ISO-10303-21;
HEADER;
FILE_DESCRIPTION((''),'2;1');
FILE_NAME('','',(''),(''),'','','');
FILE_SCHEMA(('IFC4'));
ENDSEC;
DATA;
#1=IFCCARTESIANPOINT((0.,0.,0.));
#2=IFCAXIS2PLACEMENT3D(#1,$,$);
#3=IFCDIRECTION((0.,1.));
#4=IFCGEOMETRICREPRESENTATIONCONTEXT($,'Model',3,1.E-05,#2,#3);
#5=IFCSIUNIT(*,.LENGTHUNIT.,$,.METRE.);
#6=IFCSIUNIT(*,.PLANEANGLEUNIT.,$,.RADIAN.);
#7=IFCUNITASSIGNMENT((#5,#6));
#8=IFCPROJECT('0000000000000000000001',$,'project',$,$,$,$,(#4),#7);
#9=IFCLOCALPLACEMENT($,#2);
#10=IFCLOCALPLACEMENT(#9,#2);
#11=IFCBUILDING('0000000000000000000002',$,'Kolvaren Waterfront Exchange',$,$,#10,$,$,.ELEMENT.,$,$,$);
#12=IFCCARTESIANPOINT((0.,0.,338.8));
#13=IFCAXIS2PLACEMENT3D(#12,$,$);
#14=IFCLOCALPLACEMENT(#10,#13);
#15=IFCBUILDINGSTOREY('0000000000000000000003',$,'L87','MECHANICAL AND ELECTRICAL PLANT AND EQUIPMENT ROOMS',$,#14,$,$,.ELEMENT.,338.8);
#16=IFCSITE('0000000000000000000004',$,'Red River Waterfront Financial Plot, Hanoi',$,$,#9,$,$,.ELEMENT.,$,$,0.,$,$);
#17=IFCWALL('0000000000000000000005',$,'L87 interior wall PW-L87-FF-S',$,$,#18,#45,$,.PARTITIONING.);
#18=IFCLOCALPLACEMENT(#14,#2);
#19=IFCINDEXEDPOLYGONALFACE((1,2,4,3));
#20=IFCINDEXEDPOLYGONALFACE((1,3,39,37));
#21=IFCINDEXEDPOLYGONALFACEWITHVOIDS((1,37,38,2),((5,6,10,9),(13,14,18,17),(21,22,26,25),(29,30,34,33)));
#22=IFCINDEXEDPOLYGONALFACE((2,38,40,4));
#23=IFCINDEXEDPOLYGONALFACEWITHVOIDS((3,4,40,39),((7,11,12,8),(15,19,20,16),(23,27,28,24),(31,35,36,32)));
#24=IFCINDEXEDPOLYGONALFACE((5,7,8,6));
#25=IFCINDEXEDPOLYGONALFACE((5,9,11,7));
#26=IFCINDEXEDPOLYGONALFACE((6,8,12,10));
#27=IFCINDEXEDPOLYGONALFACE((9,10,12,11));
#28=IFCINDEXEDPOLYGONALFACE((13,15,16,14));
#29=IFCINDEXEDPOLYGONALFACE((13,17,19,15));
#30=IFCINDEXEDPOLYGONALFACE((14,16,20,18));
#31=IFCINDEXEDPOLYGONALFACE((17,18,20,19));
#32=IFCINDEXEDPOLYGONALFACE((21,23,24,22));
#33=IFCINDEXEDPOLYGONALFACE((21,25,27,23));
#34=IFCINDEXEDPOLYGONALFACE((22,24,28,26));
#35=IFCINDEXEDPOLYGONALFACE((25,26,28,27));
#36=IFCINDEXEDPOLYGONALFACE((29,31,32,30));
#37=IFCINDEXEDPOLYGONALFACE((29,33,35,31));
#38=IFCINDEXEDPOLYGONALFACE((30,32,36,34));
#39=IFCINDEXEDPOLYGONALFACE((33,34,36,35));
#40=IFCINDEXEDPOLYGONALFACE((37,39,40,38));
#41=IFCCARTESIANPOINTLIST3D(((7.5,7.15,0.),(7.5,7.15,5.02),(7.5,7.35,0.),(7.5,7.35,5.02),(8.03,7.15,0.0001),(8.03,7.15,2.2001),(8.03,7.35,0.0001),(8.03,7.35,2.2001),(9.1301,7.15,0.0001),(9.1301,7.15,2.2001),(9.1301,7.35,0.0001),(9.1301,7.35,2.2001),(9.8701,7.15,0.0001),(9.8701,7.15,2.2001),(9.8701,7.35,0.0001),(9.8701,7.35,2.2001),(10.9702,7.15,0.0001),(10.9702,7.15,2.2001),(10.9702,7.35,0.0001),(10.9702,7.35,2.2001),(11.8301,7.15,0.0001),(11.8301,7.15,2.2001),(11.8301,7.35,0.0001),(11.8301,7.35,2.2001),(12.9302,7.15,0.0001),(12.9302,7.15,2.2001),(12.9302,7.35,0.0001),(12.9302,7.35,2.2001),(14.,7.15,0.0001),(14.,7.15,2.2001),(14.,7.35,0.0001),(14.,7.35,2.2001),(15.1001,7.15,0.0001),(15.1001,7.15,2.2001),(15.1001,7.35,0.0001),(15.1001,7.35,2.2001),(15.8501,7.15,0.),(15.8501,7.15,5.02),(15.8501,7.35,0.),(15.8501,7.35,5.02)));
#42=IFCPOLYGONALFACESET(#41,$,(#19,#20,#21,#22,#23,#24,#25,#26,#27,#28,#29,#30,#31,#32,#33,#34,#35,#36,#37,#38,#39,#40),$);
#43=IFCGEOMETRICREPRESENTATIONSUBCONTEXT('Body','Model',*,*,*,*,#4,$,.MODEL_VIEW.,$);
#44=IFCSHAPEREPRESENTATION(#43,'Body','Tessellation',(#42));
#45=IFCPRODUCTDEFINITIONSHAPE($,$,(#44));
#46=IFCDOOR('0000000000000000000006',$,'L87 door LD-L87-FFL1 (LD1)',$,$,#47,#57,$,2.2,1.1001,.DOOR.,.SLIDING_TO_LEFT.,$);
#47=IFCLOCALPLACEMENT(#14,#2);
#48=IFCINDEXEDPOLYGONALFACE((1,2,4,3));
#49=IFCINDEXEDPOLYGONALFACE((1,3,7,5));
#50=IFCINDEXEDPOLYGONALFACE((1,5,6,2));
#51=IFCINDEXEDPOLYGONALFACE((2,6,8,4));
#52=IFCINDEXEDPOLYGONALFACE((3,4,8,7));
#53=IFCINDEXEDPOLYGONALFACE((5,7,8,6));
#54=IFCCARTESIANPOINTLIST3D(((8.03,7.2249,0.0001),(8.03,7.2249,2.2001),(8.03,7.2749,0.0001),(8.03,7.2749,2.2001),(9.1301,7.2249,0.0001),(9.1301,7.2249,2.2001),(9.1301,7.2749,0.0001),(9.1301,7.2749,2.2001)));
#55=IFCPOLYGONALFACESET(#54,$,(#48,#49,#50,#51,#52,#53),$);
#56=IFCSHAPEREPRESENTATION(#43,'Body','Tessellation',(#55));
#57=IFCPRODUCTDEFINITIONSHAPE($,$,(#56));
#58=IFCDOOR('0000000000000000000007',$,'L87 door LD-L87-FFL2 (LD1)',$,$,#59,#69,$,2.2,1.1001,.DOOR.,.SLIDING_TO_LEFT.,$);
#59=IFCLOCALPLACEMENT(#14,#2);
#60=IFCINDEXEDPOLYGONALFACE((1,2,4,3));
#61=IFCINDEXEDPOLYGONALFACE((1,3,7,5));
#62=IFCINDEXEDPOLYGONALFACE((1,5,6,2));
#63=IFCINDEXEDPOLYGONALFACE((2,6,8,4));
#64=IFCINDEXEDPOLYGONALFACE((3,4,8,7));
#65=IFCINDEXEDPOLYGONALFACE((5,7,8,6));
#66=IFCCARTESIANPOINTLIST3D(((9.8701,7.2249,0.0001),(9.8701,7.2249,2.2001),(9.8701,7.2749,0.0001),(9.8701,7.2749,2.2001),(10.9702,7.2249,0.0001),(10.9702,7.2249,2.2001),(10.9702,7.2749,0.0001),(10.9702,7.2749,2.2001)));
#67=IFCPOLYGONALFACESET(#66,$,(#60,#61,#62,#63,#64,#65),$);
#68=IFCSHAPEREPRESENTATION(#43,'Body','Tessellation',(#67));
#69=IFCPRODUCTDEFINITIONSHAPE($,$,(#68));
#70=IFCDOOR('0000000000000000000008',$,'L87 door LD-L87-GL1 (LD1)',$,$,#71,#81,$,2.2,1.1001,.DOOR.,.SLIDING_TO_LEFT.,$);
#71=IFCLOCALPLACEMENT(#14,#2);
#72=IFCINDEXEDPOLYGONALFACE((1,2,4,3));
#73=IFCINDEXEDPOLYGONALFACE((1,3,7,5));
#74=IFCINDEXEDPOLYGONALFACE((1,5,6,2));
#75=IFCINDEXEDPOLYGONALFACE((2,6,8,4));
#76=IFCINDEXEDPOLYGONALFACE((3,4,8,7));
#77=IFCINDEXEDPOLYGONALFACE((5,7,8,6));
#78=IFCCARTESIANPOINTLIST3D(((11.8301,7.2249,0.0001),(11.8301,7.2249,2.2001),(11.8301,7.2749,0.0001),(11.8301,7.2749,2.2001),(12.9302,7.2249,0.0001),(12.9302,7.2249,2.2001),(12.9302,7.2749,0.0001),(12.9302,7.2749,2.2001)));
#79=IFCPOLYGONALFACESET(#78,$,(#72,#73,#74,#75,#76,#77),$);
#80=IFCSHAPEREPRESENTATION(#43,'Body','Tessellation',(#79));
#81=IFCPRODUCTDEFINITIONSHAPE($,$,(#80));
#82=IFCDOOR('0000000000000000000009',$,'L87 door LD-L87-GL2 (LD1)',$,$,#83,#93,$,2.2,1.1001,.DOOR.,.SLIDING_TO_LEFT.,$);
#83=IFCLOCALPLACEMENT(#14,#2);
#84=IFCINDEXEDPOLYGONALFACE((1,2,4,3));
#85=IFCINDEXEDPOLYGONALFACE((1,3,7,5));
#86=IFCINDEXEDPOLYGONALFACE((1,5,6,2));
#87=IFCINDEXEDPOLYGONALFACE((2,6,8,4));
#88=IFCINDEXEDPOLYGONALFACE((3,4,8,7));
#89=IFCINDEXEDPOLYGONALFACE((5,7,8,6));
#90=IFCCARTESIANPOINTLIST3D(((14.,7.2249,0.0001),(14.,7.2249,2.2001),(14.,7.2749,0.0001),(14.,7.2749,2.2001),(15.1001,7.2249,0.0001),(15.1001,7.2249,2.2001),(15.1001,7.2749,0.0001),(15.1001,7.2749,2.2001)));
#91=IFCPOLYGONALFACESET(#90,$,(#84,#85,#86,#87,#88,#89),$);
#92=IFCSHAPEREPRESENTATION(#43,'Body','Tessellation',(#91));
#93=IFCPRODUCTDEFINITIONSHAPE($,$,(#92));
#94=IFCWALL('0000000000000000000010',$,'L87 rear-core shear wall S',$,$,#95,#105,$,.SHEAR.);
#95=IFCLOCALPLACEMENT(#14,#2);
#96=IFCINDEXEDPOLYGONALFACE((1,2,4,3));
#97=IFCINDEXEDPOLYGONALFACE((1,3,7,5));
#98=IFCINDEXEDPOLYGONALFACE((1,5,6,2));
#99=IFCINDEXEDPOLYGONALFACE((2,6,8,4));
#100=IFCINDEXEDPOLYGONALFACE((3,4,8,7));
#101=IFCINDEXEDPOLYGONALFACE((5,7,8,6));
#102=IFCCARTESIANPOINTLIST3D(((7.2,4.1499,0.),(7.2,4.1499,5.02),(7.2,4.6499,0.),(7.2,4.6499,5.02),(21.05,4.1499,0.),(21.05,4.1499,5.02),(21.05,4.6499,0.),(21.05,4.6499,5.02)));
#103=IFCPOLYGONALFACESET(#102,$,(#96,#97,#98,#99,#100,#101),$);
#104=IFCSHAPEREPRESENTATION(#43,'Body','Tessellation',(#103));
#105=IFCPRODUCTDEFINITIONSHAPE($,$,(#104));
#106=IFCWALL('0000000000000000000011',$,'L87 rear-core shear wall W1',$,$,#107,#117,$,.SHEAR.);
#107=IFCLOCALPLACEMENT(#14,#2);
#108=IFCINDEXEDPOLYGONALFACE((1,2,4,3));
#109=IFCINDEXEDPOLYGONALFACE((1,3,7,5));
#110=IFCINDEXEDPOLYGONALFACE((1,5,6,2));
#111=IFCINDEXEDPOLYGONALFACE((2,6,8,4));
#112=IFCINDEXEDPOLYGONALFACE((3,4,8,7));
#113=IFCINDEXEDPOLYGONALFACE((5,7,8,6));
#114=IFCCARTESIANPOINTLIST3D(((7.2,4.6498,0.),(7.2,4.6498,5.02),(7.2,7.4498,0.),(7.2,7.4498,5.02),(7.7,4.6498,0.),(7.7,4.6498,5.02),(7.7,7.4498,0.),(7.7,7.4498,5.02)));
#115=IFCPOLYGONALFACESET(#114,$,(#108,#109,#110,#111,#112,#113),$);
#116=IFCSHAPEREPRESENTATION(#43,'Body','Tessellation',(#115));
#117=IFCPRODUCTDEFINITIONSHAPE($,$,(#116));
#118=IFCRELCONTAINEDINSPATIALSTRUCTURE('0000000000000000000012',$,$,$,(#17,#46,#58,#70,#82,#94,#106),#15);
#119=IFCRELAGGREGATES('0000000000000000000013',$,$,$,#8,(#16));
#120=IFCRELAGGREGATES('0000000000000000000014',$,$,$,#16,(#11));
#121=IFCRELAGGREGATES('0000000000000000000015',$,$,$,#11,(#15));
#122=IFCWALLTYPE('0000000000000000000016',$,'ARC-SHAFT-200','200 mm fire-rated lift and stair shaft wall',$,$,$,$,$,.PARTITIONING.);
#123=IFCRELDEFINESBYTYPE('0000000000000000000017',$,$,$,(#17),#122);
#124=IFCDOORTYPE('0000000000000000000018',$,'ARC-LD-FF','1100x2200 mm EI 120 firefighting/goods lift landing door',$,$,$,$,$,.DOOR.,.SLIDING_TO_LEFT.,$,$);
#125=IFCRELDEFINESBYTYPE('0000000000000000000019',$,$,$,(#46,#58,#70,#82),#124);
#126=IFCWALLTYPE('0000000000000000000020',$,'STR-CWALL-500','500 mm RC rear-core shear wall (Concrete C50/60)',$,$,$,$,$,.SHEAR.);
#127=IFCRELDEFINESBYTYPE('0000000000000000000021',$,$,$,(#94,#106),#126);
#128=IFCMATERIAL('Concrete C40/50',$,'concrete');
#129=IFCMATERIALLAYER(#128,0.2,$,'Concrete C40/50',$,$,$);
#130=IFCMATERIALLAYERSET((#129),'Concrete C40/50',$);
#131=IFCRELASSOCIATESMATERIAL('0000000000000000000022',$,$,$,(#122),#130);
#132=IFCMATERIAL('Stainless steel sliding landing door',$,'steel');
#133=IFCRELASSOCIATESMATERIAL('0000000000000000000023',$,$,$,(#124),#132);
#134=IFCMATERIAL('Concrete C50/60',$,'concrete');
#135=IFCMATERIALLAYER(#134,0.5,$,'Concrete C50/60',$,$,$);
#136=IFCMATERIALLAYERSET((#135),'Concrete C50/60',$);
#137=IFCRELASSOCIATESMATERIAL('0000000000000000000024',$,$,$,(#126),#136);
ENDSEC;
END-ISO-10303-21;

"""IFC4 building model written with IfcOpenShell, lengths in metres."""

from ifc_helpers import new_model, si_unit, direction, frame, frame_2d, origin, place, context, subcontext, project, spatial, rectangle, extrude, material, layer, layer_set, type_object, element, fill, save


model = new_model("IFC4")

# Units and contexts
model_context = context("Model", 3, precision=1e-05, world=origin(), true_north=direction((0.0, 1.0)))
body_context = subcontext(model_context, "Body", "Model", "MODEL_VIEW")
ifc_project = project(units=[si_unit("LENGTHUNIT", "METRE"), si_unit("PLANEANGLEUNIT", "RADIAN")], contexts=[model_context])

# Site, building, storey
site_placement = place(None, origin())
site = spatial("IfcSite", under=ifc_project, at=site_placement, Name="Red River Waterfront Financial Plot, Hanoi", CompositionType="ELEMENT", RefElevation=0.0)
building_placement = place(site_placement, origin())
building = spatial("IfcBuilding", under=site, at=building_placement, Name="Kolvaren Waterfront Exchange", CompositionType="ELEMENT")
storey_placement = place(building_placement, frame((0.0, 0.0, 338.8)))
storey = spatial("IfcBuildingStorey", under=building, at=storey_placement, Name="L87", Description="MECHANICAL AND ELECTRICAL PLANT AND EQUIPMENT ROOMS", CompositionType="ELEMENT", Elevation=338.8)

# Shared definitions
ifc_material_1 = material(Name="Concrete C50/60", Category="concrete")

# Shared definitions
ifc_material_2 = material(Name="Concrete C40/50", Category="concrete")

# Wall, openings, doors
ifc_layer_1 = layer(ifc_material_2, 0.2, Name="Concrete C40/50")
ifc_layer_set_1 = layer_set([ifc_layer_1], Name="Concrete C40/50")
wall_type_1 = type_object("IfcWallType", Name="ARC-SHAFT-200", Description="200 mm fire-rated lift and stair shaft wall", PredefinedType="PARTITIONING", material=ifc_layer_set_1)
wall_1_placement = place(storey_placement, frame((7.5, 7.25, 0.0), z_axis=(0.0, 0.0, 1.0), x_axis=(1.0, 0.0, 0.0)))
wall_1 = element("IfcWall", 1, at=wall_1_placement, inside=storey, type_object=wall_type_1, Name="L87 interior wall PW-L87-FF-S", PredefinedType="PARTITIONING", context=body_context, shape_type="SweptSolid", body=[
    extrude(rectangle(XDim=8.3501, YDim=0.2, at=frame_2d((4.175, 0.0))), origin(), (0.0, 0.0, 1.0), 5.02),
])
opening_1_placement = place(wall_1_placement, frame((0.53, 0.0, 0.0)))
opening_1 = element("IfcOpeningElement", 2, at=opening_1_placement, cuts=wall_1, PredefinedType="OPENING", context=body_context, shape_type="SweptSolid", body=[
    extrude(rectangle(XDim=1.1001, YDim=2.2, at=frame_2d((0.55, 1.1001))), frame((0.0, 0.1099, 0.0), z_axis=(0.0, -1.0, 0.0), x_axis=(1.0, 0.0, 0.0)), (0.0, 0.0, 1.0), 0.22),
])
opening_2_placement = place(wall_1_placement, frame((2.3701, 0.0, 0.0)))
opening_2 = element("IfcOpeningElement", 3, at=opening_2_placement, cuts=wall_1, PredefinedType="OPENING", context=body_context, shape_type="SweptSolid", body=[
    extrude(rectangle(XDim=1.1001, YDim=2.2, at=frame_2d((0.55, 1.1001))), frame((0.0, 0.1099, 0.0), z_axis=(0.0, -1.0, 0.0), x_axis=(1.0, 0.0, 0.0)), (0.0, 0.0, 1.0), 0.22),
])
opening_3_placement = place(wall_1_placement, frame((4.3301, 0.0, 0.0)))
opening_3 = element("IfcOpeningElement", 4, at=opening_3_placement, cuts=wall_1, PredefinedType="OPENING", context=body_context, shape_type="SweptSolid", body=[
    extrude(rectangle(XDim=1.1001, YDim=2.2, at=frame_2d((0.55, 1.1001))), frame((0.0, 0.1099, 0.0), z_axis=(0.0, -1.0, 0.0), x_axis=(1.0, 0.0, 0.0)), (0.0, 0.0, 1.0), 0.22),
])
opening_4_placement = place(wall_1_placement, frame((6.5, 0.0, 0.0)))
opening_4 = element("IfcOpeningElement", 5, at=opening_4_placement, cuts=wall_1, PredefinedType="OPENING", context=body_context, shape_type="SweptSolid", body=[
    extrude(rectangle(XDim=1.1001, YDim=2.2, at=frame_2d((0.55, 1.1001))), frame((0.0, 0.1099, 0.0), z_axis=(0.0, -1.0, 0.0), x_axis=(1.0, 0.0, 0.0)), (0.0, 0.0, 1.0), 0.22),
])
ifc_material_3 = material(Name="Stainless steel sliding landing door", Category="steel")
door_type_1 = type_object("IfcDoorType", Name="ARC-LD-FF", Description="1100x2200 mm EI 120 firefighting/goods lift landing door", OperationType="SLIDING_TO_LEFT", PredefinedType="DOOR", material=ifc_material_3)
door_1_placement = place(opening_1_placement, origin())
door_1 = element("IfcDoor", 6, at=door_1_placement, inside=storey, type_object=door_type_1, Name="L87 door LD-L87-FFL1 (LD1)", OperationType="SLIDING_TO_LEFT", OverallHeight=2.2, OverallWidth=1.1001, PredefinedType="DOOR", context=body_context, shape_type="SweptSolid", body=[
    extrude(rectangle(XDim=1.1001, YDim=2.2, at=frame_2d((0.55, 1.1001))), frame((0.0, 0.0249, 0.0), z_axis=(0.0, -1.0, 0.0), x_axis=(1.0, 0.0, 0.0)), (0.0, 0.0, 1.0), 0.05),
])
fill(opening_1, door_1)
door_2_placement = place(opening_2_placement, origin())
door_2 = element("IfcDoor", 7, at=door_2_placement, inside=storey, type_object=door_type_1, Name="L87 door LD-L87-FFL2 (LD1)", OperationType="SLIDING_TO_LEFT", OverallHeight=2.2, OverallWidth=1.1001, PredefinedType="DOOR", context=body_context, shape_type="SweptSolid", body=[
    extrude(rectangle(XDim=1.1001, YDim=2.2, at=frame_2d((0.55, 1.1001))), frame((0.0, 0.0249, 0.0), z_axis=(0.0, -1.0, 0.0), x_axis=(1.0, 0.0, 0.0)), (0.0, 0.0, 1.0), 0.05),
])
fill(opening_2, door_2)
door_3_placement = place(opening_3_placement, origin())
door_3 = element("IfcDoor", 8, at=door_3_placement, inside=storey, type_object=door_type_1, Name="L87 door LD-L87-GL1 (LD1)", OperationType="SLIDING_TO_LEFT", OverallHeight=2.2, OverallWidth=1.1001, PredefinedType="DOOR", context=body_context, shape_type="SweptSolid", body=[
    extrude(rectangle(XDim=1.1001, YDim=2.2, at=frame_2d((0.55, 1.1001))), frame((0.0, 0.0249, 0.0), z_axis=(0.0, -1.0, 0.0), x_axis=(1.0, 0.0, 0.0)), (0.0, 0.0, 1.0), 0.05),
])
fill(opening_3, door_3)
door_4_placement = place(opening_4_placement, origin())
door_4 = element("IfcDoor", 9, at=door_4_placement, inside=storey, type_object=door_type_1, Name="L87 door LD-L87-GL2 (LD1)", OperationType="SLIDING_TO_LEFT", OverallHeight=2.2, OverallWidth=1.1001, PredefinedType="DOOR", context=body_context, shape_type="SweptSolid", body=[
    extrude(rectangle(XDim=1.1001, YDim=2.2, at=frame_2d((0.55, 1.1001))), frame((0.0, 0.0249, 0.0), z_axis=(0.0, -1.0, 0.0), x_axis=(1.0, 0.0, 0.0)), (0.0, 0.0, 1.0), 0.05),
])
fill(opening_4, door_4)

# Walls
ifc_layer_2 = layer(ifc_material_1, 0.5, Name="Concrete C50/60")
ifc_layer_set_2 = layer_set([ifc_layer_2], Name="Concrete C50/60")
wall_type_2 = type_object("IfcWallType", Name="STR-CWALL-500", Description="500 mm RC rear-core shear wall (Concrete C50/60)", PredefinedType="SHEAR", material=ifc_layer_set_2)
wall_2_placement = place(storey_placement, frame((7.2, 4.3999, 0.0), z_axis=(0.0, 0.0, 1.0), x_axis=(1.0, 0.0, 0.0)))
element("IfcWall", 10, at=wall_2_placement, inside=storey, type_object=wall_type_2, Name="L87 rear-core shear wall S", PredefinedType="SHEAR", context=body_context, shape_type="SweptSolid", body=[
    extrude(rectangle(XDim=13.8501, YDim=0.5, at=frame_2d((6.925, 0.0))), origin(), (0.0, 0.0, 1.0), 5.02),
])
wall_3_placement = place(storey_placement, frame((7.45, 4.6499, 0.0), z_axis=(0.0, 0.0, 1.0), x_axis=(0.0, 1.0, 0.0)))
element("IfcWall", 11, at=wall_3_placement, inside=storey, type_object=wall_type_2, Name="L87 rear-core shear wall W1", PredefinedType="SHEAR", context=body_context, shape_type="SweptSolid", body=[
    extrude(rectangle(XDim=2.8, YDim=0.5, at=frame_2d((1.3999, 0.0))), origin(), (0.0, 0.0, 1.0), 5.02),
])

save(model, "model.ifc")
